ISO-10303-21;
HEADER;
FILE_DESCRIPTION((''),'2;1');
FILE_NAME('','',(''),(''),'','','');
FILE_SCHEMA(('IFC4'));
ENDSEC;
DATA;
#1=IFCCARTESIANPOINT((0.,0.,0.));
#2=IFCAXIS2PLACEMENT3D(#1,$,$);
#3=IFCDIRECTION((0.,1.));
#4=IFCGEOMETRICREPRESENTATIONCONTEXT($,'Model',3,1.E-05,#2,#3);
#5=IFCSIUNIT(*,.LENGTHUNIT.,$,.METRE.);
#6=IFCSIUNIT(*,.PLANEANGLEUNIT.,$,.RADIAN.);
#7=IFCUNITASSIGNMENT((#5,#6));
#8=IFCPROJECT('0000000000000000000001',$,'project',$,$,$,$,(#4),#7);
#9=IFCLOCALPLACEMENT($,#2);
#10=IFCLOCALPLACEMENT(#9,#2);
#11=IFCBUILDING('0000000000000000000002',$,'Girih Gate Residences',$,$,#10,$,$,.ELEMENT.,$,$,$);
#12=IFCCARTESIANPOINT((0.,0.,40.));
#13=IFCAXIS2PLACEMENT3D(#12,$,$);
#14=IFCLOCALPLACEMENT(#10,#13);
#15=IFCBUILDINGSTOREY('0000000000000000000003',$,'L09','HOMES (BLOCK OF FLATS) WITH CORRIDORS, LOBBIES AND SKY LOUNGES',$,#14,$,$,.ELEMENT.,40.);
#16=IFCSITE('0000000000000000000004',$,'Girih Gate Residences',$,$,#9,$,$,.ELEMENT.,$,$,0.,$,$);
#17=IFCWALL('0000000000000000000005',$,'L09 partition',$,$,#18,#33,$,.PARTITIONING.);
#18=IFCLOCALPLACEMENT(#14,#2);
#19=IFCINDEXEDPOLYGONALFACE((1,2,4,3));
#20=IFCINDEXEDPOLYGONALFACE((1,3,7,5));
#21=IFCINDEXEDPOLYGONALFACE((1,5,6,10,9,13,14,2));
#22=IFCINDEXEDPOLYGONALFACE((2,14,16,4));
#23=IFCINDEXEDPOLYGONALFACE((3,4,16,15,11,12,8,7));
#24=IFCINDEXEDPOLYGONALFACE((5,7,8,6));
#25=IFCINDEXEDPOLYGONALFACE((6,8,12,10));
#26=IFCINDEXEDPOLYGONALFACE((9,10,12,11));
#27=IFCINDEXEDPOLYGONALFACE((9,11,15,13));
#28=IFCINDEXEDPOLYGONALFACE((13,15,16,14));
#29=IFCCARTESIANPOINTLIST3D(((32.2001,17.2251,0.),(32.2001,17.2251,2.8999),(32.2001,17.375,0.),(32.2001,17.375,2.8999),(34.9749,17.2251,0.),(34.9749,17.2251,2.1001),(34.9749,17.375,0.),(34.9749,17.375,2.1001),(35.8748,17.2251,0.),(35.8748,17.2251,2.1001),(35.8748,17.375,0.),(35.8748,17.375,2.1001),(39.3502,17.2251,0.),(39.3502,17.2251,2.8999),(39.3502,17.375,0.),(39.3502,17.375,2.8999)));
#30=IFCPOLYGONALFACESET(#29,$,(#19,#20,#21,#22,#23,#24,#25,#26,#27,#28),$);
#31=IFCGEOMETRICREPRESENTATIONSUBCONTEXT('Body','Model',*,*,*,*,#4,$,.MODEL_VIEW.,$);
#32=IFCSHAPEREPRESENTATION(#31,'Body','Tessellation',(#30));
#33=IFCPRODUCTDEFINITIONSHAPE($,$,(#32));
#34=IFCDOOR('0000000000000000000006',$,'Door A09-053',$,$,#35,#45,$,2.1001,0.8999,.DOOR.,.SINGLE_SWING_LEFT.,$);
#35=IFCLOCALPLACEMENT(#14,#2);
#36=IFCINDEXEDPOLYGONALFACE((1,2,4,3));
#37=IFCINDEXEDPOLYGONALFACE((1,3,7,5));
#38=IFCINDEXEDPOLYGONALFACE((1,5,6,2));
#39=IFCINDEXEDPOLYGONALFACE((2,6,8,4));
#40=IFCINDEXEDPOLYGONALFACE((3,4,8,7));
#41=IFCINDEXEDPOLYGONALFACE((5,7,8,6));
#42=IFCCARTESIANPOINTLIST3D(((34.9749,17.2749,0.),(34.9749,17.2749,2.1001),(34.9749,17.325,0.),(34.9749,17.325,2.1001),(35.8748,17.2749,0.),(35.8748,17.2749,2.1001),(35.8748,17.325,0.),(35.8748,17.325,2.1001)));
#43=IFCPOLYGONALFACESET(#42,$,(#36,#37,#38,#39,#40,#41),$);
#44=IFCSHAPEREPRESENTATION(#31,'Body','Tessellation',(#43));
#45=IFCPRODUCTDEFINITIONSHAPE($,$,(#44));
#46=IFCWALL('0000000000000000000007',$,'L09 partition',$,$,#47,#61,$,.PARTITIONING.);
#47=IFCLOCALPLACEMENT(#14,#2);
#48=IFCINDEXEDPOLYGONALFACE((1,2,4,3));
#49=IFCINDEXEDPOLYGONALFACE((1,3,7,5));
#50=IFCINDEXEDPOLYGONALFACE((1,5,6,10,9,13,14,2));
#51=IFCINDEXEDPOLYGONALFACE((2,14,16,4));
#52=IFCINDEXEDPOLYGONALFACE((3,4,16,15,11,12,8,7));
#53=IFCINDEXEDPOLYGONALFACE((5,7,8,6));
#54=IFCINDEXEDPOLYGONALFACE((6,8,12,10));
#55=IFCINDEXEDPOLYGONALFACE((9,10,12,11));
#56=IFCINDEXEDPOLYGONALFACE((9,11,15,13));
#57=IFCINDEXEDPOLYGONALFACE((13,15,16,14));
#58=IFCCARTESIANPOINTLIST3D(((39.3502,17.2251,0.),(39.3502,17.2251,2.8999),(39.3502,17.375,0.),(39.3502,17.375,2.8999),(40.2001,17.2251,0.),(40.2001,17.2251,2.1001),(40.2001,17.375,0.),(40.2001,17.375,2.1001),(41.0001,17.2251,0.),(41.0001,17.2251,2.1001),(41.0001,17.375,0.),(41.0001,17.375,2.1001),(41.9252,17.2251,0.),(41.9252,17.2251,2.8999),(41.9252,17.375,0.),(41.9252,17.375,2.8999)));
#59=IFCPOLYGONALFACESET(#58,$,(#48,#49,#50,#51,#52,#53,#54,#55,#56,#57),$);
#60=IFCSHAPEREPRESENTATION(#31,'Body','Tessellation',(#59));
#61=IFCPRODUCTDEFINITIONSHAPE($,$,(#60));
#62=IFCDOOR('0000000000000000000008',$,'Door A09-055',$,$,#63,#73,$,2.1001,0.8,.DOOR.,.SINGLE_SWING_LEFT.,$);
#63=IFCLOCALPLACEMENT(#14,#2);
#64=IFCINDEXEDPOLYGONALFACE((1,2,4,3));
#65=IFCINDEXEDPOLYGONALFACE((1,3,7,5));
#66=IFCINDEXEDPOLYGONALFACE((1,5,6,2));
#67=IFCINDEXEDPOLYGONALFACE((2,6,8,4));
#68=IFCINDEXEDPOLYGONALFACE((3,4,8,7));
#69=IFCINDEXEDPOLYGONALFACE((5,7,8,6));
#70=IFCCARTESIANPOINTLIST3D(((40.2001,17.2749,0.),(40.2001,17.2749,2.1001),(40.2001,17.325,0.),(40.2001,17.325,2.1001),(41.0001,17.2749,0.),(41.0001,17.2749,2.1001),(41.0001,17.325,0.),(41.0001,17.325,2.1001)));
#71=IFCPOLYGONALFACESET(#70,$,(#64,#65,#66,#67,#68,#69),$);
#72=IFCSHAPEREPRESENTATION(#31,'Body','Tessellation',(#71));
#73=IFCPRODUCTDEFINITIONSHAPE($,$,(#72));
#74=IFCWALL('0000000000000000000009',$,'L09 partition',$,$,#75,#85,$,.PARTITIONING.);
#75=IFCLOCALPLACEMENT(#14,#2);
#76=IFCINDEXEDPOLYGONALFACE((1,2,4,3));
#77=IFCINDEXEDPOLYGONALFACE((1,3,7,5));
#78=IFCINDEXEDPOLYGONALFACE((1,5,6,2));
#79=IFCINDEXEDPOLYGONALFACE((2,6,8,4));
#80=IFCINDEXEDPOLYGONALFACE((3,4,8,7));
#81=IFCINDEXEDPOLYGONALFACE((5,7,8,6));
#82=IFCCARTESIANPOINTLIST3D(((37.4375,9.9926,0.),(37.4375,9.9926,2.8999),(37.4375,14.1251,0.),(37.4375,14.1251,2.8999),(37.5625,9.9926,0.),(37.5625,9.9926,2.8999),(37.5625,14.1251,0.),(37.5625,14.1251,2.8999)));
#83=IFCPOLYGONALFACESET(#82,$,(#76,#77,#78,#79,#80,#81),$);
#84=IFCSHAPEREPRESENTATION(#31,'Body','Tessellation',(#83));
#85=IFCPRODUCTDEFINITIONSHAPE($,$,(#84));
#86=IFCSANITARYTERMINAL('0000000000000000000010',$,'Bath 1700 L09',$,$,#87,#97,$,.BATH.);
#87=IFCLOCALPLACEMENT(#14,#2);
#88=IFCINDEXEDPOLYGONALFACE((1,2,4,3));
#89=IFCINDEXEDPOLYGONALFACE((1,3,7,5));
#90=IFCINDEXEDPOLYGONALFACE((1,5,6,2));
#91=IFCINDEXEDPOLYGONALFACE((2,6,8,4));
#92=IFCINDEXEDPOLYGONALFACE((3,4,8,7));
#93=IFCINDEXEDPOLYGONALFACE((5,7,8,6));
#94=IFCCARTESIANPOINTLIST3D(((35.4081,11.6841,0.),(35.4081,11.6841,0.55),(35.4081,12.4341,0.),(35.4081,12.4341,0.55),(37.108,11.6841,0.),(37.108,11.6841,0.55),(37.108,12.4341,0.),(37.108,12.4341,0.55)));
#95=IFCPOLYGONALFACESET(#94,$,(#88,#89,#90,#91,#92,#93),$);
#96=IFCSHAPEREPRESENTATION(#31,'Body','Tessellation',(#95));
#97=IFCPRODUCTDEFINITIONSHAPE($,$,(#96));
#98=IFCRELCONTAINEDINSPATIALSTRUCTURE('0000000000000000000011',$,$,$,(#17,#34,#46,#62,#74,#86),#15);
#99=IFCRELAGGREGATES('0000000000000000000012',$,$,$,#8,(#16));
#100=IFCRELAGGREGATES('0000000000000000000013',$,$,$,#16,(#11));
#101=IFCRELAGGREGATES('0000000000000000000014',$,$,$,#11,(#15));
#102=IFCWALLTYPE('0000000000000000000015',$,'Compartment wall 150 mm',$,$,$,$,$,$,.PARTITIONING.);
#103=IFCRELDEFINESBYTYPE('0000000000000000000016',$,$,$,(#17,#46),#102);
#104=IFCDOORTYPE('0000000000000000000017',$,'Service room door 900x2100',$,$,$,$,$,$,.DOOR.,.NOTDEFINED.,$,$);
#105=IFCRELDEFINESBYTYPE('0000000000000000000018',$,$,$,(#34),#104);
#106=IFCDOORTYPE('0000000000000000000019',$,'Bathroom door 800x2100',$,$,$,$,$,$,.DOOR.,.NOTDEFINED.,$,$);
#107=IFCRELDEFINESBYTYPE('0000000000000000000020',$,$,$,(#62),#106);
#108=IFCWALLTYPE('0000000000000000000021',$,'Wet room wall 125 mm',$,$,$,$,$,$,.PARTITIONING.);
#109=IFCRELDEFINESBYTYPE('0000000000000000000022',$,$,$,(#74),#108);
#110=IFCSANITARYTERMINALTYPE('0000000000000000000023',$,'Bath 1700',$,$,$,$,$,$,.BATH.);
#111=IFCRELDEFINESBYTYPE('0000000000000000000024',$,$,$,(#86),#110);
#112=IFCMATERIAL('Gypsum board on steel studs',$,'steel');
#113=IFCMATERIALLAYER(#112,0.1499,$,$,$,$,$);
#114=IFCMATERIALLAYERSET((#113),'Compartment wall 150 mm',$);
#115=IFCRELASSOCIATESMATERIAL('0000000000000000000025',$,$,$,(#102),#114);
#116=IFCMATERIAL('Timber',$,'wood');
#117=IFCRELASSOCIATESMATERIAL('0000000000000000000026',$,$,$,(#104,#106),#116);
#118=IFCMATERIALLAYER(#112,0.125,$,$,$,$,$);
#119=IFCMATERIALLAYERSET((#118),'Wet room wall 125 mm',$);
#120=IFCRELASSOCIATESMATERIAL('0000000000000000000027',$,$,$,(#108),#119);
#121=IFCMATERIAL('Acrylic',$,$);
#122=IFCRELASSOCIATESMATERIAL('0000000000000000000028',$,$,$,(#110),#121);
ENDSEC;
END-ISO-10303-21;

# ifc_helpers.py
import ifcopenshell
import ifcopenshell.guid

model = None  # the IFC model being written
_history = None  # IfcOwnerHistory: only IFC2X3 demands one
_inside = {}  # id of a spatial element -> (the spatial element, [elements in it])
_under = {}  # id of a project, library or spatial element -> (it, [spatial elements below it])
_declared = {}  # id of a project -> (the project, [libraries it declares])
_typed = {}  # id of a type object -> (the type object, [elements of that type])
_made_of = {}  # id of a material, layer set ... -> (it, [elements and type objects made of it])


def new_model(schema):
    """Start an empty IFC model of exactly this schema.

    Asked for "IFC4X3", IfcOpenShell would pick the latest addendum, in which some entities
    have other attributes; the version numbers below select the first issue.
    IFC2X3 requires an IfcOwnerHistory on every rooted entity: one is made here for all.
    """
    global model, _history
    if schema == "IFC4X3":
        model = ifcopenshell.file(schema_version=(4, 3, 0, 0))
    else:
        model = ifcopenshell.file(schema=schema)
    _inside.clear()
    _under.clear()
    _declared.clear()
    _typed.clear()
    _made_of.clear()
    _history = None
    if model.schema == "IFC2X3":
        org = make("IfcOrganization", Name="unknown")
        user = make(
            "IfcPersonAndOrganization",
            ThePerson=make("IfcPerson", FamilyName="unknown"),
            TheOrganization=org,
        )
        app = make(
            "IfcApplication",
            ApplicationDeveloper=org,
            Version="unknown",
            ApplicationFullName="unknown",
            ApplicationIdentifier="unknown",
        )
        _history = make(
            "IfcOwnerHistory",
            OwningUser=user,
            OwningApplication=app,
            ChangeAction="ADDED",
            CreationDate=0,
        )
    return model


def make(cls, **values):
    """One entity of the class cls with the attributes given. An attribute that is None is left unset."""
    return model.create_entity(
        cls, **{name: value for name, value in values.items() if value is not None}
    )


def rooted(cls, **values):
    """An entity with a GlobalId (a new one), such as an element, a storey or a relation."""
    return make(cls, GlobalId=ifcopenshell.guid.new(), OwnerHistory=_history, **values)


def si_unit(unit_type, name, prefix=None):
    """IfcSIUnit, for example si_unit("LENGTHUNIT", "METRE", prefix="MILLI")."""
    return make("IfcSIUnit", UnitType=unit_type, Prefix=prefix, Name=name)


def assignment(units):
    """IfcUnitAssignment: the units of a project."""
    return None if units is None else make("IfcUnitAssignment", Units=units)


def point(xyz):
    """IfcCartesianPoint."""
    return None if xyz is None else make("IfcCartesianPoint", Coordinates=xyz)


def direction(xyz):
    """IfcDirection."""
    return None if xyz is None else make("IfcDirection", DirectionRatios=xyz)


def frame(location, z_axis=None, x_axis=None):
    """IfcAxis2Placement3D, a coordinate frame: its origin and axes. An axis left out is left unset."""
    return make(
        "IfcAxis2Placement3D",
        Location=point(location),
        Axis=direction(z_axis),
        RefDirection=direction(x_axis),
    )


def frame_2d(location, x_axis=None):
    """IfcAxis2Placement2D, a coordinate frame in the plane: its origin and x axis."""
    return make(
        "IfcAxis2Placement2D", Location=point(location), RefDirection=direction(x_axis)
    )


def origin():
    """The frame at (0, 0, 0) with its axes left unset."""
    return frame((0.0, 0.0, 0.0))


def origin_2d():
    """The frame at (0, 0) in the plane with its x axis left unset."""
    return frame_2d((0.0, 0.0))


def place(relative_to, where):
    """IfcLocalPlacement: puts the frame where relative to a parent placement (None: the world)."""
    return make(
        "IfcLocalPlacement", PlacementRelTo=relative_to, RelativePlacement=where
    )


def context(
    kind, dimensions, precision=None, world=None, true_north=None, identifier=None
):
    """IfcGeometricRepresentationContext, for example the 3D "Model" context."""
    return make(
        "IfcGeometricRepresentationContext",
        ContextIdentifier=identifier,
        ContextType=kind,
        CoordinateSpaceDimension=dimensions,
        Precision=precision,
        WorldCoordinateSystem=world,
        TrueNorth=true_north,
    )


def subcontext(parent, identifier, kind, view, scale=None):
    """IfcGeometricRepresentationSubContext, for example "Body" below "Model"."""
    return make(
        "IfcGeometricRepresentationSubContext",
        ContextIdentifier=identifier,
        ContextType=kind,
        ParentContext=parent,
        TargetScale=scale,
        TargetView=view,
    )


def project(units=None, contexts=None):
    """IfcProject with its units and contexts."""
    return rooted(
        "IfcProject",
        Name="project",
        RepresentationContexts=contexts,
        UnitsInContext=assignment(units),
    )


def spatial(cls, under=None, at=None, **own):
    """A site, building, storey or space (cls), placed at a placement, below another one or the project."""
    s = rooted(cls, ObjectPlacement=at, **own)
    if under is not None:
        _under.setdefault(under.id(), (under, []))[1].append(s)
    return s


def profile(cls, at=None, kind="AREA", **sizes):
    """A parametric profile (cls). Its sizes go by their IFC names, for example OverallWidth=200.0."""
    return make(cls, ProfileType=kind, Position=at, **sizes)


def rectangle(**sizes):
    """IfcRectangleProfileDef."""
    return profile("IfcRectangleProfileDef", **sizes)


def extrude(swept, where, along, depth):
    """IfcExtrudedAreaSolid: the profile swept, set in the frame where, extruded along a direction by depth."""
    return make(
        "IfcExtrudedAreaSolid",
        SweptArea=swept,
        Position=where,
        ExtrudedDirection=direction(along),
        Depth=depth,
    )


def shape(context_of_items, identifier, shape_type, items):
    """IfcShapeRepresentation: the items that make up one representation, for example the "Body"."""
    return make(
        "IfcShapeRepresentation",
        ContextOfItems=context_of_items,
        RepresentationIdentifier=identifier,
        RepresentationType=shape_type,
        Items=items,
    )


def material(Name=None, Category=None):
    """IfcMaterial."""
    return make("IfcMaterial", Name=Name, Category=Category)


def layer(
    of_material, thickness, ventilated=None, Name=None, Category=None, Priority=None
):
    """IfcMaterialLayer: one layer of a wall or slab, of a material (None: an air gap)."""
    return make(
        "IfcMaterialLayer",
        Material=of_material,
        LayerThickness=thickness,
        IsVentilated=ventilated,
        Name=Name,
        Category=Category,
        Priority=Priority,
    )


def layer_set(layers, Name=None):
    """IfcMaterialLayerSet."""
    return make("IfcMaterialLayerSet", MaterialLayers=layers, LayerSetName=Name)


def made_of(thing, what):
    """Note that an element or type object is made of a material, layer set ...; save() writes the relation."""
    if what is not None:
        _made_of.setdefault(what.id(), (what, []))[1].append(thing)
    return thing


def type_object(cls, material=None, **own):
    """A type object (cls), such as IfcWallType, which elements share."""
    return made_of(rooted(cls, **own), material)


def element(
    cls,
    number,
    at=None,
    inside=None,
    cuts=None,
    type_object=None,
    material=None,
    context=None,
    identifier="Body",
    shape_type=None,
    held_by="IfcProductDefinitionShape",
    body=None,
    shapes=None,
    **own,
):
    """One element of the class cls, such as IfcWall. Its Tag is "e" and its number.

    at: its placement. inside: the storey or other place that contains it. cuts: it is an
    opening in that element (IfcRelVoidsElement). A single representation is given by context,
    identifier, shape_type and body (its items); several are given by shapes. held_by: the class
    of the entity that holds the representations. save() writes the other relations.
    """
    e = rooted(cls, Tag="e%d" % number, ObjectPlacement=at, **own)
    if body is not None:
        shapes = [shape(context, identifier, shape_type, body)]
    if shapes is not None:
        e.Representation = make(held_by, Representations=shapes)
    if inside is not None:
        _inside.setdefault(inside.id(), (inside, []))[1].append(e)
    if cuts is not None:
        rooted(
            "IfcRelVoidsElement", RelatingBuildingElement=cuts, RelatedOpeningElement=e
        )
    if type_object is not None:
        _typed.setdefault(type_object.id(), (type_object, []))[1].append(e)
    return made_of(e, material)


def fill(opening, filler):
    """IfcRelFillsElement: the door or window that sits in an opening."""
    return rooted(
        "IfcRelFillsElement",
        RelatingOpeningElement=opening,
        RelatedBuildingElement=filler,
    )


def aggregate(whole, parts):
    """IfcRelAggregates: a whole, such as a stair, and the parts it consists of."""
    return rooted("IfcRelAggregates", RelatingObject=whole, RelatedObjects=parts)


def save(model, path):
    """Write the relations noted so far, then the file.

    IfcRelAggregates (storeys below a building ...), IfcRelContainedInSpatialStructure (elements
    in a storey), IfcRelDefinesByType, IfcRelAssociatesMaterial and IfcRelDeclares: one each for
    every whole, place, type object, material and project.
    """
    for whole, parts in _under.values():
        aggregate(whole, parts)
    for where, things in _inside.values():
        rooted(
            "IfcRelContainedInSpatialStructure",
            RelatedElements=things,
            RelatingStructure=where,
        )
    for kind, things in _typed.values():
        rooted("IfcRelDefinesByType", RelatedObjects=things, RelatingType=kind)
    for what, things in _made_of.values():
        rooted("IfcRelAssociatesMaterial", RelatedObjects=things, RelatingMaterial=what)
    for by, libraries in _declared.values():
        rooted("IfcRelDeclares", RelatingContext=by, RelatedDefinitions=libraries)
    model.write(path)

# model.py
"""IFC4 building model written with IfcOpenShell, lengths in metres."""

from ifc_helpers import new_model, si_unit, direction, frame, frame_2d, origin, origin_2d, place, context, subcontext, project, spatial, rectangle, extrude, material, layer, layer_set, type_object, element, fill, save


model = new_model("IFC4")

# Units and contexts
model_context = context("Model", 3, precision=1e-05, world=origin(), true_north=direction((0.0, 1.0)))
body_context = subcontext(model_context, "Body", "Model", "MODEL_VIEW")
ifc_project = project(units=[si_unit("LENGTHUNIT", "METRE"), si_unit("PLANEANGLEUNIT", "RADIAN")], contexts=[model_context])

# Site, building, storey
site_placement = place(None, origin())
site = spatial("IfcSite", under=ifc_project, at=site_placement, Name="Girih Gate Residences", CompositionType="ELEMENT", RefElevation=0.0)
building_placement = place(site_placement, origin())
building = spatial("IfcBuilding", under=site, at=building_placement, Name="Girih Gate Residences", CompositionType="ELEMENT")
storey_placement = place(building_placement, frame((0.0, 0.0, 40.0)))
storey = spatial("IfcBuildingStorey", under=building, at=storey_placement, Name="L09", Description="HOMES (BLOCK OF FLATS) WITH CORRIDORS, LOBBIES AND SKY LOUNGES", CompositionType="ELEMENT", Elevation=40.0)

# Shared definitions
ifc_material_1 = material(Name="Gypsum board on steel studs", Category="steel")
ifc_layer_1 = layer(ifc_material_1, 0.1499)
ifc_layer_set_1 = layer_set([ifc_layer_1], Name="Compartment wall 150 mm")
wall_type_1 = type_object("IfcWallType", Name="Compartment wall 150 mm", PredefinedType="PARTITIONING", material=ifc_layer_set_1)

# Walls, openings, doors
wall_1_placement = place(storey_placement, frame((32.2, 17.3, 0.0), z_axis=(0.0, 0.0, 1.0), x_axis=(1.0, 0.0, 0.0)))
wall_1 = element("IfcWall", 1, at=wall_1_placement, inside=storey, type_object=wall_type_1, Name="L09 partition", PredefinedType="PARTITIONING", context=body_context, shape_type="SweptSolid", body=[
    extrude(rectangle(XDim=7.1501, YDim=0.1499, at=frame_2d((3.5752, 0.0))), origin(), (0.0, 0.0, 1.0), 2.8999),
])
opening_1_placement = place(wall_1_placement, frame((2.7749, 0.0, 0.0)))
opening_1 = element("IfcOpeningElement", 2, at=opening_1_placement, cuts=wall_1, PredefinedType="OPENING", context=body_context, shape_type="SweptSolid", body=[
    extrude(rectangle(XDim=0.8999, YDim=2.1001, at=frame_2d((0.45, 1.05))), frame((0.0, 0.085, 0.0), z_axis=(0.0, -1.0, 0.0), x_axis=(1.0, 0.0, 0.0)), (0.0, 0.0, 1.0), 0.1699),
])
ifc_material_2 = material(Name="Timber", Category="wood")
door_type_1 = type_object("IfcDoorType", Name="Service room door 900x2100", OperationType="NOTDEFINED", PredefinedType="DOOR", material=ifc_material_2)
door_1_placement = place(opening_1_placement, origin())
door_1 = element("IfcDoor", 3, at=door_1_placement, inside=storey, type_object=door_type_1, Name="Door A09-053", OperationType="SINGLE_SWING_LEFT", OverallHeight=2.1001, OverallWidth=0.8999, PredefinedType="DOOR", context=body_context, shape_type="SweptSolid", body=[
    extrude(rectangle(XDim=0.8999, YDim=2.1001, at=frame_2d((0.45, 1.05))), frame((0.0, 0.0249, 0.0), z_axis=(0.0, -1.0, 0.0), x_axis=(1.0, 0.0, 0.0)), (0.0, 0.0, 1.0), 0.05),
])
fill(opening_1, door_1)
wall_2_placement = place(storey_placement, frame((39.3501, 17.3, 0.0), z_axis=(0.0, 0.0, 1.0), x_axis=(1.0, 0.0, 0.0)))
wall_2 = element("IfcWall", 4, at=wall_2_placement, inside=storey, type_object=wall_type_1, Name="L09 partition", PredefinedType="PARTITIONING", context=body_context, shape_type="SweptSolid", body=[
    extrude(rectangle(XDim=2.575, YDim=0.1499, at=frame_2d((1.2876, 0.0))), origin(), (0.0, 0.0, 1.0), 2.8999),
])
opening_2_placement = place(wall_2_placement, frame((0.8501, 0.0, 0.0)))
opening_2 = element("IfcOpeningElement", 5, at=opening_2_placement, cuts=wall_2, PredefinedType="OPENING", context=body_context, shape_type="SweptSolid", body=[
    extrude(rectangle(XDim=0.8, YDim=2.1001, at=frame_2d((0.3999, 1.05))), frame((0.0, 0.085, 0.0), z_axis=(0.0, -1.0, 0.0), x_axis=(1.0, 0.0, 0.0)), (0.0, 0.0, 1.0), 0.1699),
])
door_type_2 = type_object("IfcDoorType", Name="Bathroom door 800x2100", OperationType="NOTDEFINED", PredefinedType="DOOR", material=ifc_material_2)
door_2_placement = place(opening_2_placement, origin())
door_2 = element("IfcDoor", 6, at=door_2_placement, inside=storey, type_object=door_type_2, Name="Door A09-055", OperationType="SINGLE_SWING_LEFT", OverallHeight=2.1001, OverallWidth=0.8, PredefinedType="DOOR", context=body_context, shape_type="SweptSolid", body=[
    extrude(rectangle(XDim=0.8, YDim=2.1001, at=frame_2d((0.3999, 1.05))), frame((0.0, 0.0249, 0.0), z_axis=(0.0, -1.0, 0.0), x_axis=(1.0, 0.0, 0.0)), (0.0, 0.0, 1.0), 0.05),
])
fill(opening_2, door_2)

# Wall
ifc_layer_2 = layer(ifc_material_1, 0.125)
ifc_layer_set_2 = layer_set([ifc_layer_2], Name="Wet room wall 125 mm")
wall_type_2 = type_object("IfcWallType", Name="Wet room wall 125 mm", PredefinedType="PARTITIONING", material=ifc_layer_set_2)
wall_3_placement = place(storey_placement, frame((37.5, 9.9924, 0.0), z_axis=(0.0, 0.0, 1.0), x_axis=(0.0, 1.0, 0.0)))
element("IfcWall", 7, at=wall_3_placement, inside=storey, type_object=wall_type_2, Name="L09 partition", PredefinedType="PARTITIONING", context=body_context, shape_type="SweptSolid", body=[
    extrude(rectangle(XDim=4.1326, YDim=0.125, at=frame_2d((2.0664, 0.0))), origin(), (0.0, 0.0, 1.0), 2.8999),
])

# Sanitary terminal
ifc_material_3 = material(Name="Acrylic")
sanitary_terminal_type = type_object("IfcSanitaryTerminalType", Name="Bath 1700", PredefinedType="BATH", material=ifc_material_3)
sanitary_terminal_placement = place(storey_placement, frame((36.2581, 12.0591, 0.0), z_axis=(0.0, 0.0, 1.0), x_axis=(1.0, 0.0, 0.0)))
element("IfcSanitaryTerminal", 8, at=sanitary_terminal_placement, inside=storey, type_object=sanitary_terminal_type, Name="Bath 1700 L09", PredefinedType="BATH", context=body_context, shape_type="SweptSolid", body=[
    extrude(rectangle(XDim=1.7, YDim=0.75, at=origin_2d()), origin(), (0.0, 0.0, 1.0), 0.55),
])

save(model, "model.ifc")
